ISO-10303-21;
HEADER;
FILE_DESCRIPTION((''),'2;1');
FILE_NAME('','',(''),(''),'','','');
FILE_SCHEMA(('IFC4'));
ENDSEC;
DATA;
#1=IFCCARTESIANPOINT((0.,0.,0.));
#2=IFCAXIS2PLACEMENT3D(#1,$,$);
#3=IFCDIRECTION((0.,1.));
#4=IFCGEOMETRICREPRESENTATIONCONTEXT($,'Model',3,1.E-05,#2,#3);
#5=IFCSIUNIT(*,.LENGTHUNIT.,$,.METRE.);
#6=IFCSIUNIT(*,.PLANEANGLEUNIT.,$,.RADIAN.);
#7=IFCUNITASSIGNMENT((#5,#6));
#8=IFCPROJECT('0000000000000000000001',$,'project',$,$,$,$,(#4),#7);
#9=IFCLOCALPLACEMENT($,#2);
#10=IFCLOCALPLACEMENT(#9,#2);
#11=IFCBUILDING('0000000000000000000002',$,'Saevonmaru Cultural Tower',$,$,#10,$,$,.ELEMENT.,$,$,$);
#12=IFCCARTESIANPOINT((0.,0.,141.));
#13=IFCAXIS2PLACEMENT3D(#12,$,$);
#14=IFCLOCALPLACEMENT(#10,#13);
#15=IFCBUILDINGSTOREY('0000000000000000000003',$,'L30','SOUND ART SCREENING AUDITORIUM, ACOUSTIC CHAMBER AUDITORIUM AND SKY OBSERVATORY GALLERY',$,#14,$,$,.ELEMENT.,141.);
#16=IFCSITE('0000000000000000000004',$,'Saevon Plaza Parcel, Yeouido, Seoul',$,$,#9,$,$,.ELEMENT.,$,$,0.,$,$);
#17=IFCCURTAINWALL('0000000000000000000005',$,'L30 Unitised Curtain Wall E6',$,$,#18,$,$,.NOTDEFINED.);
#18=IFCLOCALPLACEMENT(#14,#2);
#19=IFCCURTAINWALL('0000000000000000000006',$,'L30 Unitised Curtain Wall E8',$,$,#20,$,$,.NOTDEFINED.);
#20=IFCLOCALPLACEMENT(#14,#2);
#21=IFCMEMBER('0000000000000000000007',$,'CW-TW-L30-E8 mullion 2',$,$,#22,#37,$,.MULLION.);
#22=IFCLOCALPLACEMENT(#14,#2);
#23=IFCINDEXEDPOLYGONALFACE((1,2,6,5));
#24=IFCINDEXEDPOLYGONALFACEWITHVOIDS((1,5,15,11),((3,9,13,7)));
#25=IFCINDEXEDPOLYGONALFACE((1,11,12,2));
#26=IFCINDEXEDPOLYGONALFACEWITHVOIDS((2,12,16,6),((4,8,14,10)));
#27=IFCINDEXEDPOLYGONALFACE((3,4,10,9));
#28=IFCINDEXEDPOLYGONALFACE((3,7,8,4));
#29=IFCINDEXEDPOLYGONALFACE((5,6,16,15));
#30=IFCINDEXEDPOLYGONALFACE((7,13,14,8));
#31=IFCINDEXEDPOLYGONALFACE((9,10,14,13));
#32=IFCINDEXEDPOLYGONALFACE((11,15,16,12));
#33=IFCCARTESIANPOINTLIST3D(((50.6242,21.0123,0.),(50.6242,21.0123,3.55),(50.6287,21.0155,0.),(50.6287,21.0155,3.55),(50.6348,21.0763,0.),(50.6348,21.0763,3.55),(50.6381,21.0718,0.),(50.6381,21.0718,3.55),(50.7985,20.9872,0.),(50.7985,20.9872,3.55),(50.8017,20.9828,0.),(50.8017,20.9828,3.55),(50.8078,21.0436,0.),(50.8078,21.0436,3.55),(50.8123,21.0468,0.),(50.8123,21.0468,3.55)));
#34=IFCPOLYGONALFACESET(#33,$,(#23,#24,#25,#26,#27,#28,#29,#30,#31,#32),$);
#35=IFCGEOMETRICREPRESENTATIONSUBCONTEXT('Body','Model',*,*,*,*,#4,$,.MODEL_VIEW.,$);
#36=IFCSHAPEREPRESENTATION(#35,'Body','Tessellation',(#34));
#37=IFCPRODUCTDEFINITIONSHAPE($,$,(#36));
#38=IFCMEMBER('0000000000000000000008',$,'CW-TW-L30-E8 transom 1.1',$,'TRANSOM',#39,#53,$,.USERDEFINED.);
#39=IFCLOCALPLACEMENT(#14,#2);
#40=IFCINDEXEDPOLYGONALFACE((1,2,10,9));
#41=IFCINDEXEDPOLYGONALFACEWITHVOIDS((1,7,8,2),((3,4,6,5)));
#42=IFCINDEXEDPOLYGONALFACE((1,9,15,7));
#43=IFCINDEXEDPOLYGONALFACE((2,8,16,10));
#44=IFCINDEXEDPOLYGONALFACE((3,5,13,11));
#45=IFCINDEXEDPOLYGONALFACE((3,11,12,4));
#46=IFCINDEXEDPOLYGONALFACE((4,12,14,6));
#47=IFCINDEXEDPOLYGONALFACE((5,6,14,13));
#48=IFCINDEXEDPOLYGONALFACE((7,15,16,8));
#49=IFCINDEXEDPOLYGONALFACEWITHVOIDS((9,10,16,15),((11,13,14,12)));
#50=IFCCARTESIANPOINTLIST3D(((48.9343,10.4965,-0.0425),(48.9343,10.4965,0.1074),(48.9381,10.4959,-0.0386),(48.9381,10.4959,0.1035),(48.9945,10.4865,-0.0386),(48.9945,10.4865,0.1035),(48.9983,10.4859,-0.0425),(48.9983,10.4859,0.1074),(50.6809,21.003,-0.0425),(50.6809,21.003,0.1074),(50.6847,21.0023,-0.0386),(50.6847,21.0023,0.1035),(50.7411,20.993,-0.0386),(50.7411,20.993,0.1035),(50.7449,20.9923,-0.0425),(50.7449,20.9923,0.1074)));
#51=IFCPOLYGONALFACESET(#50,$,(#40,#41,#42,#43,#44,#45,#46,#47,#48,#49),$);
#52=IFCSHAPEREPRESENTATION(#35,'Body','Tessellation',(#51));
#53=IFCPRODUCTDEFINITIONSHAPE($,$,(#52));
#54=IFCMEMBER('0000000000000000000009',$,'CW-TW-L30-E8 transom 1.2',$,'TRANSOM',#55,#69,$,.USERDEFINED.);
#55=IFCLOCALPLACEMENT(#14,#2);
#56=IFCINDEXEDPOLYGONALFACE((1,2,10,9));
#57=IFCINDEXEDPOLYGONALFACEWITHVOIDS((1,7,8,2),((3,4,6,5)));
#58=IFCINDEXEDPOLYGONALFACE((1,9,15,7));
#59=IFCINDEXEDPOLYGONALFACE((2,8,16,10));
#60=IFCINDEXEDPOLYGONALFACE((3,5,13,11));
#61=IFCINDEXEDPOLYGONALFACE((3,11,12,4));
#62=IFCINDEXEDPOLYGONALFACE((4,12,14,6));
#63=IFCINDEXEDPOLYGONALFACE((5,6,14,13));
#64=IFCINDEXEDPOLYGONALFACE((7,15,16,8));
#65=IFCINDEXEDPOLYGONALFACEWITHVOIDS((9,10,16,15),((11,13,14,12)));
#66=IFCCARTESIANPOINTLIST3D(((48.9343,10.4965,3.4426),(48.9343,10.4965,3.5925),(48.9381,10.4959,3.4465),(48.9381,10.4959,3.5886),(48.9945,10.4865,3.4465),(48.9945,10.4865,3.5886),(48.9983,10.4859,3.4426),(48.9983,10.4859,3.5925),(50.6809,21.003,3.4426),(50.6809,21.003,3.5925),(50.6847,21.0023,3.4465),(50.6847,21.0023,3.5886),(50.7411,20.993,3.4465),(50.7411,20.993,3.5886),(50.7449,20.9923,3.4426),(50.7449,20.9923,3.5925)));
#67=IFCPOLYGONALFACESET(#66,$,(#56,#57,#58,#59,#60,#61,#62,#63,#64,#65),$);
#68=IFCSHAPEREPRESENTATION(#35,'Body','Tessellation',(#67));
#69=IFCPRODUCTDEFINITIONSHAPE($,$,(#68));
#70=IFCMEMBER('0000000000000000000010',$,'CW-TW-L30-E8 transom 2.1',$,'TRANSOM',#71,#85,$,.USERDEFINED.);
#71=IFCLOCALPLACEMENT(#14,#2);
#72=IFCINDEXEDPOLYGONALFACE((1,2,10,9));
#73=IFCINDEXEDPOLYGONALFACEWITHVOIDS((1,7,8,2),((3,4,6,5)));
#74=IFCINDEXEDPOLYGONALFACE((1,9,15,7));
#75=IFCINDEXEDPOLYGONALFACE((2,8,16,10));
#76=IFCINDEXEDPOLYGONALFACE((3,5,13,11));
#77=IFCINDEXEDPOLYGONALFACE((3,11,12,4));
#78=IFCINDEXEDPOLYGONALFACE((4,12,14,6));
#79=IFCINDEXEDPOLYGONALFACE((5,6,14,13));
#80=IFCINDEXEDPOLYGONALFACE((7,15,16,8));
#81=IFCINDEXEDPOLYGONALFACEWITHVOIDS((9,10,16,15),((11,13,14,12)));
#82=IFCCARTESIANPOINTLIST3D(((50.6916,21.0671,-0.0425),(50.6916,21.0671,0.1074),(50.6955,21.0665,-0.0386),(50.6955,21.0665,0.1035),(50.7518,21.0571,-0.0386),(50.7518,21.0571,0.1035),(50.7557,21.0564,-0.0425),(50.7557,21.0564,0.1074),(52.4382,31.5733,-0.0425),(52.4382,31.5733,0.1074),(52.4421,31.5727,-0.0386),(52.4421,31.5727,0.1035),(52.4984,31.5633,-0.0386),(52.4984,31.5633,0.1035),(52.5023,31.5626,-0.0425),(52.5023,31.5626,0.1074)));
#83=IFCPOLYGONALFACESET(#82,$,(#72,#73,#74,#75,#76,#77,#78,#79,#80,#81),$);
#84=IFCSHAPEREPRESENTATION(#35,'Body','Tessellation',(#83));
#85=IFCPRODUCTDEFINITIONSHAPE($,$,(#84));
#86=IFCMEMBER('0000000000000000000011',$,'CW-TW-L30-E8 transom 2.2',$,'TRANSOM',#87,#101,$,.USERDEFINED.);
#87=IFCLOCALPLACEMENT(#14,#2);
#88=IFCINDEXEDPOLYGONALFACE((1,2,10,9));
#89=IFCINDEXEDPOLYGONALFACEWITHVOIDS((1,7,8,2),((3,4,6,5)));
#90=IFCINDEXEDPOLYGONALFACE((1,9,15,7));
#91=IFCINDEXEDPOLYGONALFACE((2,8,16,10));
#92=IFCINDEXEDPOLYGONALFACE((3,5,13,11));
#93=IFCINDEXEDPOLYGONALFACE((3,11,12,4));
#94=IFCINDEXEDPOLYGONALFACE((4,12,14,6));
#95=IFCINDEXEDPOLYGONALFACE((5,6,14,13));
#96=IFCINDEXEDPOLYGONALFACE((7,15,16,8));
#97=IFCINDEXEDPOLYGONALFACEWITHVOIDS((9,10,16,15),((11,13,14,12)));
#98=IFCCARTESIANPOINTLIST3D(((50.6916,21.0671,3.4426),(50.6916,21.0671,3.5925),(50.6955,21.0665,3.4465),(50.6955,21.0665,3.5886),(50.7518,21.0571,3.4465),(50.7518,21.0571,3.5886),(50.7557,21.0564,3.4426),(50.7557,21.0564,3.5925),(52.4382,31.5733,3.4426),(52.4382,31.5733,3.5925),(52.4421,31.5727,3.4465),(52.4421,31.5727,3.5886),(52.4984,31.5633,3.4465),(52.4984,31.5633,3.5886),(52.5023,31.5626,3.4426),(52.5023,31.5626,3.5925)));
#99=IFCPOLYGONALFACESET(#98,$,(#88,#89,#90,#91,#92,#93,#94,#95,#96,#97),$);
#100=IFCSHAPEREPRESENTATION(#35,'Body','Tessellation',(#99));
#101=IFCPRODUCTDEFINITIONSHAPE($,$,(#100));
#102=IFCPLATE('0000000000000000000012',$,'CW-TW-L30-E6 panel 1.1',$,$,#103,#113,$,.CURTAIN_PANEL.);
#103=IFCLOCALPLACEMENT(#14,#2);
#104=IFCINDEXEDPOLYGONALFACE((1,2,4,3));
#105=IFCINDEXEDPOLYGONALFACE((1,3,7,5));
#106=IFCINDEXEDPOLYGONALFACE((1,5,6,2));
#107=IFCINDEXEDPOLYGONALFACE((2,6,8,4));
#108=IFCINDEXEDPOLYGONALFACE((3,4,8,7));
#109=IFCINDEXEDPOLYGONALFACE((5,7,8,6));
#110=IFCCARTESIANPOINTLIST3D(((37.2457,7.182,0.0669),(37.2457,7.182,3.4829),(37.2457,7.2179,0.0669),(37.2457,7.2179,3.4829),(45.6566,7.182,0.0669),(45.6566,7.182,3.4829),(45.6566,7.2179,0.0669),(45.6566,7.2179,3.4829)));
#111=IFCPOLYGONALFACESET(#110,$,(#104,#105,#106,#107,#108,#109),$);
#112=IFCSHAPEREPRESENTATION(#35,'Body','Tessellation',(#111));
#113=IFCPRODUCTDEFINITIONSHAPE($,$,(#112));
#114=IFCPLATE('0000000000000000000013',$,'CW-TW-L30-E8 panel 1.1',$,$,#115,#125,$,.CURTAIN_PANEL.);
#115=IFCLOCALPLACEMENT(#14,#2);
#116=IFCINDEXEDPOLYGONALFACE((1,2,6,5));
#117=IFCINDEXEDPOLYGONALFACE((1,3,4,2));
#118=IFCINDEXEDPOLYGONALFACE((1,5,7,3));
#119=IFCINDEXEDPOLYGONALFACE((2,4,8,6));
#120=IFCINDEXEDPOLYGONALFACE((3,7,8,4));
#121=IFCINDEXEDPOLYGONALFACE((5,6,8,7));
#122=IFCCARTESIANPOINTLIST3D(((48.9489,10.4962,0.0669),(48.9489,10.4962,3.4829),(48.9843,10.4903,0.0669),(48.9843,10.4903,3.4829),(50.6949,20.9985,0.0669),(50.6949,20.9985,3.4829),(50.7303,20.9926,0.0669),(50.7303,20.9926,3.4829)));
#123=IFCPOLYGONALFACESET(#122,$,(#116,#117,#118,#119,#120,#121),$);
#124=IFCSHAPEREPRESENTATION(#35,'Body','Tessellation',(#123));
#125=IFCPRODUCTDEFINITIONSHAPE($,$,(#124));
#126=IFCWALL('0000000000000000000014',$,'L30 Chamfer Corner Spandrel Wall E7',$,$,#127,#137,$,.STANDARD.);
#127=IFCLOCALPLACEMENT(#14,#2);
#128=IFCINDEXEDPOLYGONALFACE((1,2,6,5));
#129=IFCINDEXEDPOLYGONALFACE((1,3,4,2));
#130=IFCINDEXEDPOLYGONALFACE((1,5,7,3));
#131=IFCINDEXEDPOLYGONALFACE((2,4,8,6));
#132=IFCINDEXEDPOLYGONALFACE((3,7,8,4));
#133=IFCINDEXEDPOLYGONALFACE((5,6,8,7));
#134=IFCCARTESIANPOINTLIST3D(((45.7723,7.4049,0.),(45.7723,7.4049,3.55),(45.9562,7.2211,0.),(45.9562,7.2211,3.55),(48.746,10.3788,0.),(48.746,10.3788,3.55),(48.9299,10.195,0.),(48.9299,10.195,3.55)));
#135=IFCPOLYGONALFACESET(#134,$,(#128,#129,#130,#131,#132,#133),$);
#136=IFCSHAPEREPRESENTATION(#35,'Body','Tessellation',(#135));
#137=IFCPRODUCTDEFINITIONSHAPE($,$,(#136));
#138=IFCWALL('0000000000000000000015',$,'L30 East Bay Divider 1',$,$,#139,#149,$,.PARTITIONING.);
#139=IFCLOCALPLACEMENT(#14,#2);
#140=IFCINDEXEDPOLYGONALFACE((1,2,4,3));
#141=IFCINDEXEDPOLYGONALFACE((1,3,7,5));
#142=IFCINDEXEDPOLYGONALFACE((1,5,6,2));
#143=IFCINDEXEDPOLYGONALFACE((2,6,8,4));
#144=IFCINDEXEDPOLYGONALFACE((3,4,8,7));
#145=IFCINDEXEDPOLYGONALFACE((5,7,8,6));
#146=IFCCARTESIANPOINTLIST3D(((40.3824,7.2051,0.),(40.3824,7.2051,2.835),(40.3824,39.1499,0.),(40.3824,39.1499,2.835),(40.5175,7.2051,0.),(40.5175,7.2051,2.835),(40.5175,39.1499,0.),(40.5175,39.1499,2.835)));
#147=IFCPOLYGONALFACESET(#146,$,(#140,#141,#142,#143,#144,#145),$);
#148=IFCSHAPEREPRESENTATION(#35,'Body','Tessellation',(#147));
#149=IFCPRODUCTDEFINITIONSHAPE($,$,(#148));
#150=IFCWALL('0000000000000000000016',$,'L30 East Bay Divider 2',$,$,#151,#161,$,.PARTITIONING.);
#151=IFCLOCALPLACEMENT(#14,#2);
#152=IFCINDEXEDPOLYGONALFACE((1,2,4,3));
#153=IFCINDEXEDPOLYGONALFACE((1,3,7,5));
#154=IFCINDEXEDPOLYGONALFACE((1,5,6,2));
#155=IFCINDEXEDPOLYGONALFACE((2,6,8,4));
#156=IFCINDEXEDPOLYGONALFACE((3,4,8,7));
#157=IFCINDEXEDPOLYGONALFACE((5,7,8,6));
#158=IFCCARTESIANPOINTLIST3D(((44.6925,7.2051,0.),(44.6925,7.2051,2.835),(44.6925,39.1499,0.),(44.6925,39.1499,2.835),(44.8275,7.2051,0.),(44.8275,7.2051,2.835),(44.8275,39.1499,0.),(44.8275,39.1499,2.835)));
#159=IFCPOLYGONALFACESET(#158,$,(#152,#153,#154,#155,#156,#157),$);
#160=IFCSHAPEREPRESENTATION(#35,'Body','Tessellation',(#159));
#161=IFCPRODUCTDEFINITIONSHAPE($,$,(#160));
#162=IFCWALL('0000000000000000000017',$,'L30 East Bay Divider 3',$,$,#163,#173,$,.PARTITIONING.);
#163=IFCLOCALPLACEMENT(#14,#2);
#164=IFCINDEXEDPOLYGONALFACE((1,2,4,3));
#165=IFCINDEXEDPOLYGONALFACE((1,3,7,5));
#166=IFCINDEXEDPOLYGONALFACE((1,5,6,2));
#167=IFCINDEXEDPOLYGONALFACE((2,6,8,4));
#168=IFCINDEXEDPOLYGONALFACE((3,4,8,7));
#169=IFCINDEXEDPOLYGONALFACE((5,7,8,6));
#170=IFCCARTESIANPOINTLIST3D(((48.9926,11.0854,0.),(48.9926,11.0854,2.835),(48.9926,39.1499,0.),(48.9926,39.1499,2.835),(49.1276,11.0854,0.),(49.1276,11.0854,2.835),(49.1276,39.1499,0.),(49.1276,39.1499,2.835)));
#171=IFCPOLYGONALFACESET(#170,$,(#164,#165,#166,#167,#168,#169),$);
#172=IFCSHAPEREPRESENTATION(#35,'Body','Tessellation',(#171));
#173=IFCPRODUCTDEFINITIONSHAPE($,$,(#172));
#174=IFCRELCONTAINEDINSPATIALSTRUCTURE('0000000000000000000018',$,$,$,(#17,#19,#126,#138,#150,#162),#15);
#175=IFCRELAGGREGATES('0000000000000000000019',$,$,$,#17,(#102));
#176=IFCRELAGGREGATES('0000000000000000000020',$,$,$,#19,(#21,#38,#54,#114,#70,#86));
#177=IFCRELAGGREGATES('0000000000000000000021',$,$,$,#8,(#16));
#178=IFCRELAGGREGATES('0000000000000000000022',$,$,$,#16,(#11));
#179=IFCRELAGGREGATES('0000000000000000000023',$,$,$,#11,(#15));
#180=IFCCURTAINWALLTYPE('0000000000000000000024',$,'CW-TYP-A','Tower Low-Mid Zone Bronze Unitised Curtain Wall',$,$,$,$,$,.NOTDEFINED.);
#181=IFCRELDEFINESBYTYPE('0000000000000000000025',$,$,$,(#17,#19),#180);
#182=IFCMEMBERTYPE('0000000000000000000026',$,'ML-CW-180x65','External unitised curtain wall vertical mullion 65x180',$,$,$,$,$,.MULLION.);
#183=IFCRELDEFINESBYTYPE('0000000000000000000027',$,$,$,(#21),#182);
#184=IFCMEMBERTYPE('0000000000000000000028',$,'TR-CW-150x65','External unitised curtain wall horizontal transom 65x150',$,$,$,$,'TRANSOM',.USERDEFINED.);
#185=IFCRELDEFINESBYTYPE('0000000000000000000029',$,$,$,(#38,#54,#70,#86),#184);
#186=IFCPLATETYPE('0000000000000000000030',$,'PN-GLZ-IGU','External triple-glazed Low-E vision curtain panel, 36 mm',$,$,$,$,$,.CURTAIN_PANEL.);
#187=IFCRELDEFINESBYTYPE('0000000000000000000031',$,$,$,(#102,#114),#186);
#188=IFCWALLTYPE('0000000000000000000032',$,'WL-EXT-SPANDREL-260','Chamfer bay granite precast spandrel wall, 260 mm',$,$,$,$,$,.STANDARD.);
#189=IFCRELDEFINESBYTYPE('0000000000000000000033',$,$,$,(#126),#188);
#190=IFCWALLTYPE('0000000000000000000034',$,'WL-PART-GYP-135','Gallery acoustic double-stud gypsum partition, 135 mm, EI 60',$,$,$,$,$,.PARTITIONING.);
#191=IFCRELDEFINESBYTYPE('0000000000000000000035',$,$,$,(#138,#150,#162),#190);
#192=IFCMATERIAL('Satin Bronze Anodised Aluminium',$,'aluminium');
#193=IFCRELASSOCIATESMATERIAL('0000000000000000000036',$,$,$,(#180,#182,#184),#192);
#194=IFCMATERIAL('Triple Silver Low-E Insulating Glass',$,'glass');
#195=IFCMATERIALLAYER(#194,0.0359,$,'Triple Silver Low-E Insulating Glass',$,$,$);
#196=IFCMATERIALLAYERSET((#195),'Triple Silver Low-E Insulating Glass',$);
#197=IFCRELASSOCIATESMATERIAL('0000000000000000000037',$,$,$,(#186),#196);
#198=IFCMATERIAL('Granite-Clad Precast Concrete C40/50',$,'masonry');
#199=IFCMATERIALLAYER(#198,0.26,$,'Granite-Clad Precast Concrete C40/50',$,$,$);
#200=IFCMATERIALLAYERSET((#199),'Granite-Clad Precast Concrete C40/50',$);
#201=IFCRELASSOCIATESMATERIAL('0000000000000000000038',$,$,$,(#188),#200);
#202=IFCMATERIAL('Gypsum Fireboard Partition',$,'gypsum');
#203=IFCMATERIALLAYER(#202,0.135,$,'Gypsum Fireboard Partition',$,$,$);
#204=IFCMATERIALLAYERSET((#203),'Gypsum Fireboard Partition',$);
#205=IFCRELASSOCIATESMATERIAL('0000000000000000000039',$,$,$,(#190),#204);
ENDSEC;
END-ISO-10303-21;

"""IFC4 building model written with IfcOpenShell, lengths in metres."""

from ifc_helpers import new_model, si_unit, direction, frame, frame_2d, origin, origin_2d, place, context, subcontext, project, spatial, rectangle, hollow_rectangle, extrude, material, layer, layer_set, material_profile, profile_set, type_object, element, aggregate, save


model = new_model("IFC4")

# Units and contexts
model_context = context("Model", 3, precision=1e-05, world=origin(), true_north=direction((0.0, 1.0)))
body_context = subcontext(model_context, "Body", "Model", "MODEL_VIEW")
ifc_project = project(units=[si_unit("LENGTHUNIT", "METRE"), si_unit("PLANEANGLEUNIT", "RADIAN")], contexts=[model_context])

# Site, building, storey
site_placement = place(None, origin())
site = spatial("IfcSite", under=ifc_project, at=site_placement, Name="Saevon Plaza Parcel, Yeouido, Seoul", CompositionType="ELEMENT", RefElevation=0.0)
building_placement = place(site_placement, origin())
building = spatial("IfcBuilding", under=site, at=building_placement, Name="Saevonmaru Cultural Tower", CompositionType="ELEMENT")
storey_placement = place(building_placement, frame((0.0, 0.0, 141.0)))
storey = spatial("IfcBuildingStorey", under=building, at=storey_placement, Name="L30", Description="SOUND ART SCREENING AUDITORIUM, ACOUSTIC CHAMBER AUDITORIUM AND SKY OBSERVATORY GALLERY", CompositionType="ELEMENT", Elevation=141.0)

# Curtain wall
ifc_material_1 = material(Name="Satin Bronze Anodised Aluminium", Category="aluminium")
curtain_wall_type = type_object("IfcCurtainWallType", Name="CW-TYP-A", Description="Tower Low-Mid Zone Bronze Unitised Curtain Wall", PredefinedType="NOTDEFINED", material=ifc_material_1)
curtain_wall_1_placement = place(storey_placement, origin())
curtain_wall_1 = element("IfcCurtainWall", 1, at=curtain_wall_1_placement, inside=storey, type_object=curtain_wall_type, Name="L30 Unitised Curtain Wall E6", PredefinedType="NOTDEFINED")
ifc_material_profile_1 = material_profile(ifc_material_1, hollow_rectangle(XDim=0.0649, YDim=0.1799, WallThickness=0.0039, at=origin_2d()), Name="ALU-MULL-180x65x4")
ifc_profile_set_1 = profile_set([ifc_material_profile_1], Name="Satin Bronze Anodised Aluminium")
member_type_1 = type_object("IfcMemberType", Name="ML-CW-180x65", Description="External unitised curtain wall vertical mullion 65x180", PredefinedType="MULLION", material=ifc_profile_set_1)

# Curtain wall, members
curtain_wall_2_placement = place(storey_placement, origin())
curtain_wall_2 = element("IfcCurtainWall", 2, at=curtain_wall_2_placement, inside=storey, type_object=curtain_wall_type, Name="L30 Unitised Curtain Wall E8", PredefinedType="NOTDEFINED")
member_1_placement = place(storey_placement, frame((50.7183, 21.0295, 0.0), z_axis=(0.0, 0.0, 1.0), x_axis=(0.163999, 0.986461, 0.0)))
member_1 = element("IfcMember", 3, at=member_1_placement, type_object=member_type_1, Name="CW-TW-L30-E8 mullion 2", PredefinedType="MULLION", context=body_context, shape_type="SweptSolid", body=[
    extrude(hollow_rectangle(XDim=0.0649, YDim=0.1799, WallThickness=0.0039, at=origin_2d()), origin(), (0.0, 0.0, 1.0), 3.55),
])
ifc_material_profile_2 = material_profile(ifc_material_1, hollow_rectangle(XDim=0.0649, YDim=0.1499, WallThickness=0.0039, at=origin_2d()), Name="ALU-TRAN-150x65x4")
ifc_profile_set_2 = profile_set([ifc_material_profile_2], Name="Satin Bronze Anodised Aluminium")
member_type_2 = type_object("IfcMemberType", Name="TR-CW-150x65", Description="External unitised curtain wall horizontal transom 65x150", ElementType="TRANSOM", PredefinedType="USERDEFINED", material=ifc_profile_set_2)
member_2_placement = place(storey_placement, frame((48.9663, 10.4912, 0.0325), z_axis=(0.16399, 0.986462, 0.0), x_axis=(-0.986462, 0.16399, 0.0)))
member_2 = element("IfcMember", 4, at=member_2_placement, type_object=member_type_2, Name="CW-TW-L30-E8 transom 1.1", ObjectType="TRANSOM", PredefinedType="USERDEFINED", context=body_context, shape_type="SweptSolid", body=[
    extrude(hollow_rectangle(XDim=0.0649, YDim=0.1499, WallThickness=0.0039, at=origin_2d()), origin(), (0.0, 0.0, 1.0), 10.6506),
])
member_3_placement = place(storey_placement, frame((48.9663, 10.4912, 3.5176), z_axis=(0.16399, 0.986462, 0.0), x_axis=(-0.986462, 0.16399, 0.0)))
member_3 = element("IfcMember", 5, at=member_3_placement, type_object=member_type_2, Name="CW-TW-L30-E8 transom 1.2", ObjectType="TRANSOM", PredefinedType="USERDEFINED", context=body_context, shape_type="SweptSolid", body=[
    extrude(hollow_rectangle(XDim=0.0649, YDim=0.1499, WallThickness=0.0039, at=origin_2d()), origin(), (0.0, 0.0, 1.0), 10.6506),
])
member_4_placement = place(storey_placement, frame((50.7236, 21.0618, 0.0325), z_axis=(0.163994, 0.986461, 0.0), x_axis=(-0.986461, 0.163994, 0.0)))
member_4 = element("IfcMember", 6, at=member_4_placement, type_object=member_type_2, Name="CW-TW-L30-E8 transom 2.1", ObjectType="TRANSOM", PredefinedType="USERDEFINED", context=body_context, shape_type="SweptSolid", body=[
    extrude(hollow_rectangle(XDim=0.0649, YDim=0.1499, WallThickness=0.0039, at=origin_2d()), origin(), (0.0, 0.0, 1.0), 10.6504),
])
member_5_placement = place(storey_placement, frame((50.7236, 21.0618, 3.5176), z_axis=(0.163994, 0.986461, 0.0), x_axis=(-0.986461, 0.163994, 0.0)))
member_5 = element("IfcMember", 7, at=member_5_placement, type_object=member_type_2, Name="CW-TW-L30-E8 transom 2.2", ObjectType="TRANSOM", PredefinedType="USERDEFINED", context=body_context, shape_type="SweptSolid", body=[
    extrude(hollow_rectangle(XDim=0.0649, YDim=0.1499, WallThickness=0.0039, at=origin_2d()), origin(), (0.0, 0.0, 1.0), 10.6504),
])

# Plates
ifc_material_2 = material(Name="Triple Silver Low-E Insulating Glass", Category="glass")
ifc_layer_1 = layer(ifc_material_2, 0.0359, Name="Triple Silver Low-E Insulating Glass")
ifc_layer_set_1 = layer_set([ifc_layer_1], Name="Triple Silver Low-E Insulating Glass")
plate_type = type_object("IfcPlateType", Name="PN-GLZ-IGU", Description="External triple-glazed Low-E vision curtain panel, 36 mm", PredefinedType="CURTAIN_PANEL", material=ifc_layer_set_1)
plate_1_placement = place(storey_placement, frame((41.4512, 7.2, 0.0669), z_axis=(0.0, 0.0, 1.0), x_axis=(1.0, 0.0, 0.0)))
plate_1 = element("IfcPlate", 8, at=plate_1_placement, type_object=plate_type, Name="CW-TW-L30-E6 panel 1.1", PredefinedType="CURTAIN_PANEL", context=body_context, shape_type="SweptSolid", body=[
    extrude(rectangle(XDim=8.4109, YDim=0.0359, at=origin_2d()), origin(), (0.0, 0.0, 1.0), 3.416),
])
aggregate(curtain_wall_1, [plate_1])
plate_2_placement = place(storey_placement, frame((49.8396, 15.7444, 0.0669), z_axis=(0.0, 0.0, 1.0), x_axis=(0.163999, 0.986461, 0.0)))
plate_2 = element("IfcPlate", 9, at=plate_2_placement, type_object=plate_type, Name="CW-TW-L30-E8 panel 1.1", PredefinedType="CURTAIN_PANEL", context=body_context, shape_type="SweptSolid", body=[
    extrude(rectangle(XDim=10.6465, YDim=0.0359, at=origin_2d()), origin(), (0.0, 0.0, 1.0), 3.416),
])
aggregate(curtain_wall_2, [member_1, member_2, member_3, plate_2, member_4, member_5])

# Walls
ifc_material_3 = material(Name="Granite-Clad Precast Concrete C40/50", Category="masonry")
ifc_layer_2 = layer(ifc_material_3, 0.26, Name="Granite-Clad Precast Concrete C40/50")
ifc_layer_set_2 = layer_set([ifc_layer_2], Name="Granite-Clad Precast Concrete C40/50")
wall_type_1 = type_object("IfcWallType", Name="WL-EXT-SPANDREL-260", Description="Chamfer bay granite precast spandrel wall, 260 mm", PredefinedType="STANDARD", material=ifc_layer_set_2)
wall_1_placement = place(storey_placement, frame((45.8643, 7.313, 0.0), z_axis=(0.0, 0.0, 1.0), x_axis=(0.707078, 0.707136, 0.0)))
element("IfcWall", 10, at=wall_1_placement, inside=storey, type_object=wall_type_1, Name="L30 Chamfer Corner Spandrel Wall E7", PredefinedType="STANDARD", context=body_context, shape_type="SweptSolid", body=[
    extrude(rectangle(XDim=4.2056, YDim=0.26, at=frame_2d((2.1028, 0.0))), origin(), (0.0, 0.0, 1.0), 3.55),
])
ifc_material_4 = material(Name="Gypsum Fireboard Partition", Category="gypsum")
ifc_layer_3 = layer(ifc_material_4, 0.135, Name="Gypsum Fireboard Partition")
ifc_layer_set_3 = layer_set([ifc_layer_3], Name="Gypsum Fireboard Partition")
wall_type_2 = type_object("IfcWallType", Name="WL-PART-GYP-135", Description="Gallery acoustic double-stud gypsum partition, 135 mm, EI 60", PredefinedType="PARTITIONING", material=ifc_layer_set_3)
for number, where, z_axis, x_axis, name in (
    (11, (40.45, 7.2051, 0.0), (0.0, 0.0, 1.0), (0.0, 1.0, 0.0), "L30 East Bay Divider 1"),
    (12, (44.76, 7.2051, 0.0), (0.0, 0.0, 1.0), (0.0, 1.0, 0.0), "L30 East Bay Divider 2"),
):
    element("IfcWall", number, at=place(storey_placement, frame(where, z_axis=z_axis, x_axis=x_axis)), inside=storey, type_object=wall_type_2, Name=name, PredefinedType="PARTITIONING", context=body_context, shape_type="SweptSolid", body=[
        extrude(rectangle(XDim=31.9448, YDim=0.135, at=frame_2d((15.9724, 0.0))), origin(), (0.0, 0.0, 1.0), 2.835),
    ])
wall_2_placement = place(storey_placement, frame((49.0601, 11.0854, 0.0), z_axis=(0.0, 0.0, 1.0), x_axis=(0.0, 1.0, 0.0)))
element("IfcWall", 13, at=wall_2_placement, inside=storey, type_object=wall_type_2, Name="L30 East Bay Divider 3", PredefinedType="PARTITIONING", context=body_context, shape_type="SweptSolid", body=[
    extrude(rectangle(XDim=28.0645, YDim=0.135, at=frame_2d((14.0322, 0.0))), origin(), (0.0, 0.0, 1.0), 2.835),
])

save(model, "model.ifc")
